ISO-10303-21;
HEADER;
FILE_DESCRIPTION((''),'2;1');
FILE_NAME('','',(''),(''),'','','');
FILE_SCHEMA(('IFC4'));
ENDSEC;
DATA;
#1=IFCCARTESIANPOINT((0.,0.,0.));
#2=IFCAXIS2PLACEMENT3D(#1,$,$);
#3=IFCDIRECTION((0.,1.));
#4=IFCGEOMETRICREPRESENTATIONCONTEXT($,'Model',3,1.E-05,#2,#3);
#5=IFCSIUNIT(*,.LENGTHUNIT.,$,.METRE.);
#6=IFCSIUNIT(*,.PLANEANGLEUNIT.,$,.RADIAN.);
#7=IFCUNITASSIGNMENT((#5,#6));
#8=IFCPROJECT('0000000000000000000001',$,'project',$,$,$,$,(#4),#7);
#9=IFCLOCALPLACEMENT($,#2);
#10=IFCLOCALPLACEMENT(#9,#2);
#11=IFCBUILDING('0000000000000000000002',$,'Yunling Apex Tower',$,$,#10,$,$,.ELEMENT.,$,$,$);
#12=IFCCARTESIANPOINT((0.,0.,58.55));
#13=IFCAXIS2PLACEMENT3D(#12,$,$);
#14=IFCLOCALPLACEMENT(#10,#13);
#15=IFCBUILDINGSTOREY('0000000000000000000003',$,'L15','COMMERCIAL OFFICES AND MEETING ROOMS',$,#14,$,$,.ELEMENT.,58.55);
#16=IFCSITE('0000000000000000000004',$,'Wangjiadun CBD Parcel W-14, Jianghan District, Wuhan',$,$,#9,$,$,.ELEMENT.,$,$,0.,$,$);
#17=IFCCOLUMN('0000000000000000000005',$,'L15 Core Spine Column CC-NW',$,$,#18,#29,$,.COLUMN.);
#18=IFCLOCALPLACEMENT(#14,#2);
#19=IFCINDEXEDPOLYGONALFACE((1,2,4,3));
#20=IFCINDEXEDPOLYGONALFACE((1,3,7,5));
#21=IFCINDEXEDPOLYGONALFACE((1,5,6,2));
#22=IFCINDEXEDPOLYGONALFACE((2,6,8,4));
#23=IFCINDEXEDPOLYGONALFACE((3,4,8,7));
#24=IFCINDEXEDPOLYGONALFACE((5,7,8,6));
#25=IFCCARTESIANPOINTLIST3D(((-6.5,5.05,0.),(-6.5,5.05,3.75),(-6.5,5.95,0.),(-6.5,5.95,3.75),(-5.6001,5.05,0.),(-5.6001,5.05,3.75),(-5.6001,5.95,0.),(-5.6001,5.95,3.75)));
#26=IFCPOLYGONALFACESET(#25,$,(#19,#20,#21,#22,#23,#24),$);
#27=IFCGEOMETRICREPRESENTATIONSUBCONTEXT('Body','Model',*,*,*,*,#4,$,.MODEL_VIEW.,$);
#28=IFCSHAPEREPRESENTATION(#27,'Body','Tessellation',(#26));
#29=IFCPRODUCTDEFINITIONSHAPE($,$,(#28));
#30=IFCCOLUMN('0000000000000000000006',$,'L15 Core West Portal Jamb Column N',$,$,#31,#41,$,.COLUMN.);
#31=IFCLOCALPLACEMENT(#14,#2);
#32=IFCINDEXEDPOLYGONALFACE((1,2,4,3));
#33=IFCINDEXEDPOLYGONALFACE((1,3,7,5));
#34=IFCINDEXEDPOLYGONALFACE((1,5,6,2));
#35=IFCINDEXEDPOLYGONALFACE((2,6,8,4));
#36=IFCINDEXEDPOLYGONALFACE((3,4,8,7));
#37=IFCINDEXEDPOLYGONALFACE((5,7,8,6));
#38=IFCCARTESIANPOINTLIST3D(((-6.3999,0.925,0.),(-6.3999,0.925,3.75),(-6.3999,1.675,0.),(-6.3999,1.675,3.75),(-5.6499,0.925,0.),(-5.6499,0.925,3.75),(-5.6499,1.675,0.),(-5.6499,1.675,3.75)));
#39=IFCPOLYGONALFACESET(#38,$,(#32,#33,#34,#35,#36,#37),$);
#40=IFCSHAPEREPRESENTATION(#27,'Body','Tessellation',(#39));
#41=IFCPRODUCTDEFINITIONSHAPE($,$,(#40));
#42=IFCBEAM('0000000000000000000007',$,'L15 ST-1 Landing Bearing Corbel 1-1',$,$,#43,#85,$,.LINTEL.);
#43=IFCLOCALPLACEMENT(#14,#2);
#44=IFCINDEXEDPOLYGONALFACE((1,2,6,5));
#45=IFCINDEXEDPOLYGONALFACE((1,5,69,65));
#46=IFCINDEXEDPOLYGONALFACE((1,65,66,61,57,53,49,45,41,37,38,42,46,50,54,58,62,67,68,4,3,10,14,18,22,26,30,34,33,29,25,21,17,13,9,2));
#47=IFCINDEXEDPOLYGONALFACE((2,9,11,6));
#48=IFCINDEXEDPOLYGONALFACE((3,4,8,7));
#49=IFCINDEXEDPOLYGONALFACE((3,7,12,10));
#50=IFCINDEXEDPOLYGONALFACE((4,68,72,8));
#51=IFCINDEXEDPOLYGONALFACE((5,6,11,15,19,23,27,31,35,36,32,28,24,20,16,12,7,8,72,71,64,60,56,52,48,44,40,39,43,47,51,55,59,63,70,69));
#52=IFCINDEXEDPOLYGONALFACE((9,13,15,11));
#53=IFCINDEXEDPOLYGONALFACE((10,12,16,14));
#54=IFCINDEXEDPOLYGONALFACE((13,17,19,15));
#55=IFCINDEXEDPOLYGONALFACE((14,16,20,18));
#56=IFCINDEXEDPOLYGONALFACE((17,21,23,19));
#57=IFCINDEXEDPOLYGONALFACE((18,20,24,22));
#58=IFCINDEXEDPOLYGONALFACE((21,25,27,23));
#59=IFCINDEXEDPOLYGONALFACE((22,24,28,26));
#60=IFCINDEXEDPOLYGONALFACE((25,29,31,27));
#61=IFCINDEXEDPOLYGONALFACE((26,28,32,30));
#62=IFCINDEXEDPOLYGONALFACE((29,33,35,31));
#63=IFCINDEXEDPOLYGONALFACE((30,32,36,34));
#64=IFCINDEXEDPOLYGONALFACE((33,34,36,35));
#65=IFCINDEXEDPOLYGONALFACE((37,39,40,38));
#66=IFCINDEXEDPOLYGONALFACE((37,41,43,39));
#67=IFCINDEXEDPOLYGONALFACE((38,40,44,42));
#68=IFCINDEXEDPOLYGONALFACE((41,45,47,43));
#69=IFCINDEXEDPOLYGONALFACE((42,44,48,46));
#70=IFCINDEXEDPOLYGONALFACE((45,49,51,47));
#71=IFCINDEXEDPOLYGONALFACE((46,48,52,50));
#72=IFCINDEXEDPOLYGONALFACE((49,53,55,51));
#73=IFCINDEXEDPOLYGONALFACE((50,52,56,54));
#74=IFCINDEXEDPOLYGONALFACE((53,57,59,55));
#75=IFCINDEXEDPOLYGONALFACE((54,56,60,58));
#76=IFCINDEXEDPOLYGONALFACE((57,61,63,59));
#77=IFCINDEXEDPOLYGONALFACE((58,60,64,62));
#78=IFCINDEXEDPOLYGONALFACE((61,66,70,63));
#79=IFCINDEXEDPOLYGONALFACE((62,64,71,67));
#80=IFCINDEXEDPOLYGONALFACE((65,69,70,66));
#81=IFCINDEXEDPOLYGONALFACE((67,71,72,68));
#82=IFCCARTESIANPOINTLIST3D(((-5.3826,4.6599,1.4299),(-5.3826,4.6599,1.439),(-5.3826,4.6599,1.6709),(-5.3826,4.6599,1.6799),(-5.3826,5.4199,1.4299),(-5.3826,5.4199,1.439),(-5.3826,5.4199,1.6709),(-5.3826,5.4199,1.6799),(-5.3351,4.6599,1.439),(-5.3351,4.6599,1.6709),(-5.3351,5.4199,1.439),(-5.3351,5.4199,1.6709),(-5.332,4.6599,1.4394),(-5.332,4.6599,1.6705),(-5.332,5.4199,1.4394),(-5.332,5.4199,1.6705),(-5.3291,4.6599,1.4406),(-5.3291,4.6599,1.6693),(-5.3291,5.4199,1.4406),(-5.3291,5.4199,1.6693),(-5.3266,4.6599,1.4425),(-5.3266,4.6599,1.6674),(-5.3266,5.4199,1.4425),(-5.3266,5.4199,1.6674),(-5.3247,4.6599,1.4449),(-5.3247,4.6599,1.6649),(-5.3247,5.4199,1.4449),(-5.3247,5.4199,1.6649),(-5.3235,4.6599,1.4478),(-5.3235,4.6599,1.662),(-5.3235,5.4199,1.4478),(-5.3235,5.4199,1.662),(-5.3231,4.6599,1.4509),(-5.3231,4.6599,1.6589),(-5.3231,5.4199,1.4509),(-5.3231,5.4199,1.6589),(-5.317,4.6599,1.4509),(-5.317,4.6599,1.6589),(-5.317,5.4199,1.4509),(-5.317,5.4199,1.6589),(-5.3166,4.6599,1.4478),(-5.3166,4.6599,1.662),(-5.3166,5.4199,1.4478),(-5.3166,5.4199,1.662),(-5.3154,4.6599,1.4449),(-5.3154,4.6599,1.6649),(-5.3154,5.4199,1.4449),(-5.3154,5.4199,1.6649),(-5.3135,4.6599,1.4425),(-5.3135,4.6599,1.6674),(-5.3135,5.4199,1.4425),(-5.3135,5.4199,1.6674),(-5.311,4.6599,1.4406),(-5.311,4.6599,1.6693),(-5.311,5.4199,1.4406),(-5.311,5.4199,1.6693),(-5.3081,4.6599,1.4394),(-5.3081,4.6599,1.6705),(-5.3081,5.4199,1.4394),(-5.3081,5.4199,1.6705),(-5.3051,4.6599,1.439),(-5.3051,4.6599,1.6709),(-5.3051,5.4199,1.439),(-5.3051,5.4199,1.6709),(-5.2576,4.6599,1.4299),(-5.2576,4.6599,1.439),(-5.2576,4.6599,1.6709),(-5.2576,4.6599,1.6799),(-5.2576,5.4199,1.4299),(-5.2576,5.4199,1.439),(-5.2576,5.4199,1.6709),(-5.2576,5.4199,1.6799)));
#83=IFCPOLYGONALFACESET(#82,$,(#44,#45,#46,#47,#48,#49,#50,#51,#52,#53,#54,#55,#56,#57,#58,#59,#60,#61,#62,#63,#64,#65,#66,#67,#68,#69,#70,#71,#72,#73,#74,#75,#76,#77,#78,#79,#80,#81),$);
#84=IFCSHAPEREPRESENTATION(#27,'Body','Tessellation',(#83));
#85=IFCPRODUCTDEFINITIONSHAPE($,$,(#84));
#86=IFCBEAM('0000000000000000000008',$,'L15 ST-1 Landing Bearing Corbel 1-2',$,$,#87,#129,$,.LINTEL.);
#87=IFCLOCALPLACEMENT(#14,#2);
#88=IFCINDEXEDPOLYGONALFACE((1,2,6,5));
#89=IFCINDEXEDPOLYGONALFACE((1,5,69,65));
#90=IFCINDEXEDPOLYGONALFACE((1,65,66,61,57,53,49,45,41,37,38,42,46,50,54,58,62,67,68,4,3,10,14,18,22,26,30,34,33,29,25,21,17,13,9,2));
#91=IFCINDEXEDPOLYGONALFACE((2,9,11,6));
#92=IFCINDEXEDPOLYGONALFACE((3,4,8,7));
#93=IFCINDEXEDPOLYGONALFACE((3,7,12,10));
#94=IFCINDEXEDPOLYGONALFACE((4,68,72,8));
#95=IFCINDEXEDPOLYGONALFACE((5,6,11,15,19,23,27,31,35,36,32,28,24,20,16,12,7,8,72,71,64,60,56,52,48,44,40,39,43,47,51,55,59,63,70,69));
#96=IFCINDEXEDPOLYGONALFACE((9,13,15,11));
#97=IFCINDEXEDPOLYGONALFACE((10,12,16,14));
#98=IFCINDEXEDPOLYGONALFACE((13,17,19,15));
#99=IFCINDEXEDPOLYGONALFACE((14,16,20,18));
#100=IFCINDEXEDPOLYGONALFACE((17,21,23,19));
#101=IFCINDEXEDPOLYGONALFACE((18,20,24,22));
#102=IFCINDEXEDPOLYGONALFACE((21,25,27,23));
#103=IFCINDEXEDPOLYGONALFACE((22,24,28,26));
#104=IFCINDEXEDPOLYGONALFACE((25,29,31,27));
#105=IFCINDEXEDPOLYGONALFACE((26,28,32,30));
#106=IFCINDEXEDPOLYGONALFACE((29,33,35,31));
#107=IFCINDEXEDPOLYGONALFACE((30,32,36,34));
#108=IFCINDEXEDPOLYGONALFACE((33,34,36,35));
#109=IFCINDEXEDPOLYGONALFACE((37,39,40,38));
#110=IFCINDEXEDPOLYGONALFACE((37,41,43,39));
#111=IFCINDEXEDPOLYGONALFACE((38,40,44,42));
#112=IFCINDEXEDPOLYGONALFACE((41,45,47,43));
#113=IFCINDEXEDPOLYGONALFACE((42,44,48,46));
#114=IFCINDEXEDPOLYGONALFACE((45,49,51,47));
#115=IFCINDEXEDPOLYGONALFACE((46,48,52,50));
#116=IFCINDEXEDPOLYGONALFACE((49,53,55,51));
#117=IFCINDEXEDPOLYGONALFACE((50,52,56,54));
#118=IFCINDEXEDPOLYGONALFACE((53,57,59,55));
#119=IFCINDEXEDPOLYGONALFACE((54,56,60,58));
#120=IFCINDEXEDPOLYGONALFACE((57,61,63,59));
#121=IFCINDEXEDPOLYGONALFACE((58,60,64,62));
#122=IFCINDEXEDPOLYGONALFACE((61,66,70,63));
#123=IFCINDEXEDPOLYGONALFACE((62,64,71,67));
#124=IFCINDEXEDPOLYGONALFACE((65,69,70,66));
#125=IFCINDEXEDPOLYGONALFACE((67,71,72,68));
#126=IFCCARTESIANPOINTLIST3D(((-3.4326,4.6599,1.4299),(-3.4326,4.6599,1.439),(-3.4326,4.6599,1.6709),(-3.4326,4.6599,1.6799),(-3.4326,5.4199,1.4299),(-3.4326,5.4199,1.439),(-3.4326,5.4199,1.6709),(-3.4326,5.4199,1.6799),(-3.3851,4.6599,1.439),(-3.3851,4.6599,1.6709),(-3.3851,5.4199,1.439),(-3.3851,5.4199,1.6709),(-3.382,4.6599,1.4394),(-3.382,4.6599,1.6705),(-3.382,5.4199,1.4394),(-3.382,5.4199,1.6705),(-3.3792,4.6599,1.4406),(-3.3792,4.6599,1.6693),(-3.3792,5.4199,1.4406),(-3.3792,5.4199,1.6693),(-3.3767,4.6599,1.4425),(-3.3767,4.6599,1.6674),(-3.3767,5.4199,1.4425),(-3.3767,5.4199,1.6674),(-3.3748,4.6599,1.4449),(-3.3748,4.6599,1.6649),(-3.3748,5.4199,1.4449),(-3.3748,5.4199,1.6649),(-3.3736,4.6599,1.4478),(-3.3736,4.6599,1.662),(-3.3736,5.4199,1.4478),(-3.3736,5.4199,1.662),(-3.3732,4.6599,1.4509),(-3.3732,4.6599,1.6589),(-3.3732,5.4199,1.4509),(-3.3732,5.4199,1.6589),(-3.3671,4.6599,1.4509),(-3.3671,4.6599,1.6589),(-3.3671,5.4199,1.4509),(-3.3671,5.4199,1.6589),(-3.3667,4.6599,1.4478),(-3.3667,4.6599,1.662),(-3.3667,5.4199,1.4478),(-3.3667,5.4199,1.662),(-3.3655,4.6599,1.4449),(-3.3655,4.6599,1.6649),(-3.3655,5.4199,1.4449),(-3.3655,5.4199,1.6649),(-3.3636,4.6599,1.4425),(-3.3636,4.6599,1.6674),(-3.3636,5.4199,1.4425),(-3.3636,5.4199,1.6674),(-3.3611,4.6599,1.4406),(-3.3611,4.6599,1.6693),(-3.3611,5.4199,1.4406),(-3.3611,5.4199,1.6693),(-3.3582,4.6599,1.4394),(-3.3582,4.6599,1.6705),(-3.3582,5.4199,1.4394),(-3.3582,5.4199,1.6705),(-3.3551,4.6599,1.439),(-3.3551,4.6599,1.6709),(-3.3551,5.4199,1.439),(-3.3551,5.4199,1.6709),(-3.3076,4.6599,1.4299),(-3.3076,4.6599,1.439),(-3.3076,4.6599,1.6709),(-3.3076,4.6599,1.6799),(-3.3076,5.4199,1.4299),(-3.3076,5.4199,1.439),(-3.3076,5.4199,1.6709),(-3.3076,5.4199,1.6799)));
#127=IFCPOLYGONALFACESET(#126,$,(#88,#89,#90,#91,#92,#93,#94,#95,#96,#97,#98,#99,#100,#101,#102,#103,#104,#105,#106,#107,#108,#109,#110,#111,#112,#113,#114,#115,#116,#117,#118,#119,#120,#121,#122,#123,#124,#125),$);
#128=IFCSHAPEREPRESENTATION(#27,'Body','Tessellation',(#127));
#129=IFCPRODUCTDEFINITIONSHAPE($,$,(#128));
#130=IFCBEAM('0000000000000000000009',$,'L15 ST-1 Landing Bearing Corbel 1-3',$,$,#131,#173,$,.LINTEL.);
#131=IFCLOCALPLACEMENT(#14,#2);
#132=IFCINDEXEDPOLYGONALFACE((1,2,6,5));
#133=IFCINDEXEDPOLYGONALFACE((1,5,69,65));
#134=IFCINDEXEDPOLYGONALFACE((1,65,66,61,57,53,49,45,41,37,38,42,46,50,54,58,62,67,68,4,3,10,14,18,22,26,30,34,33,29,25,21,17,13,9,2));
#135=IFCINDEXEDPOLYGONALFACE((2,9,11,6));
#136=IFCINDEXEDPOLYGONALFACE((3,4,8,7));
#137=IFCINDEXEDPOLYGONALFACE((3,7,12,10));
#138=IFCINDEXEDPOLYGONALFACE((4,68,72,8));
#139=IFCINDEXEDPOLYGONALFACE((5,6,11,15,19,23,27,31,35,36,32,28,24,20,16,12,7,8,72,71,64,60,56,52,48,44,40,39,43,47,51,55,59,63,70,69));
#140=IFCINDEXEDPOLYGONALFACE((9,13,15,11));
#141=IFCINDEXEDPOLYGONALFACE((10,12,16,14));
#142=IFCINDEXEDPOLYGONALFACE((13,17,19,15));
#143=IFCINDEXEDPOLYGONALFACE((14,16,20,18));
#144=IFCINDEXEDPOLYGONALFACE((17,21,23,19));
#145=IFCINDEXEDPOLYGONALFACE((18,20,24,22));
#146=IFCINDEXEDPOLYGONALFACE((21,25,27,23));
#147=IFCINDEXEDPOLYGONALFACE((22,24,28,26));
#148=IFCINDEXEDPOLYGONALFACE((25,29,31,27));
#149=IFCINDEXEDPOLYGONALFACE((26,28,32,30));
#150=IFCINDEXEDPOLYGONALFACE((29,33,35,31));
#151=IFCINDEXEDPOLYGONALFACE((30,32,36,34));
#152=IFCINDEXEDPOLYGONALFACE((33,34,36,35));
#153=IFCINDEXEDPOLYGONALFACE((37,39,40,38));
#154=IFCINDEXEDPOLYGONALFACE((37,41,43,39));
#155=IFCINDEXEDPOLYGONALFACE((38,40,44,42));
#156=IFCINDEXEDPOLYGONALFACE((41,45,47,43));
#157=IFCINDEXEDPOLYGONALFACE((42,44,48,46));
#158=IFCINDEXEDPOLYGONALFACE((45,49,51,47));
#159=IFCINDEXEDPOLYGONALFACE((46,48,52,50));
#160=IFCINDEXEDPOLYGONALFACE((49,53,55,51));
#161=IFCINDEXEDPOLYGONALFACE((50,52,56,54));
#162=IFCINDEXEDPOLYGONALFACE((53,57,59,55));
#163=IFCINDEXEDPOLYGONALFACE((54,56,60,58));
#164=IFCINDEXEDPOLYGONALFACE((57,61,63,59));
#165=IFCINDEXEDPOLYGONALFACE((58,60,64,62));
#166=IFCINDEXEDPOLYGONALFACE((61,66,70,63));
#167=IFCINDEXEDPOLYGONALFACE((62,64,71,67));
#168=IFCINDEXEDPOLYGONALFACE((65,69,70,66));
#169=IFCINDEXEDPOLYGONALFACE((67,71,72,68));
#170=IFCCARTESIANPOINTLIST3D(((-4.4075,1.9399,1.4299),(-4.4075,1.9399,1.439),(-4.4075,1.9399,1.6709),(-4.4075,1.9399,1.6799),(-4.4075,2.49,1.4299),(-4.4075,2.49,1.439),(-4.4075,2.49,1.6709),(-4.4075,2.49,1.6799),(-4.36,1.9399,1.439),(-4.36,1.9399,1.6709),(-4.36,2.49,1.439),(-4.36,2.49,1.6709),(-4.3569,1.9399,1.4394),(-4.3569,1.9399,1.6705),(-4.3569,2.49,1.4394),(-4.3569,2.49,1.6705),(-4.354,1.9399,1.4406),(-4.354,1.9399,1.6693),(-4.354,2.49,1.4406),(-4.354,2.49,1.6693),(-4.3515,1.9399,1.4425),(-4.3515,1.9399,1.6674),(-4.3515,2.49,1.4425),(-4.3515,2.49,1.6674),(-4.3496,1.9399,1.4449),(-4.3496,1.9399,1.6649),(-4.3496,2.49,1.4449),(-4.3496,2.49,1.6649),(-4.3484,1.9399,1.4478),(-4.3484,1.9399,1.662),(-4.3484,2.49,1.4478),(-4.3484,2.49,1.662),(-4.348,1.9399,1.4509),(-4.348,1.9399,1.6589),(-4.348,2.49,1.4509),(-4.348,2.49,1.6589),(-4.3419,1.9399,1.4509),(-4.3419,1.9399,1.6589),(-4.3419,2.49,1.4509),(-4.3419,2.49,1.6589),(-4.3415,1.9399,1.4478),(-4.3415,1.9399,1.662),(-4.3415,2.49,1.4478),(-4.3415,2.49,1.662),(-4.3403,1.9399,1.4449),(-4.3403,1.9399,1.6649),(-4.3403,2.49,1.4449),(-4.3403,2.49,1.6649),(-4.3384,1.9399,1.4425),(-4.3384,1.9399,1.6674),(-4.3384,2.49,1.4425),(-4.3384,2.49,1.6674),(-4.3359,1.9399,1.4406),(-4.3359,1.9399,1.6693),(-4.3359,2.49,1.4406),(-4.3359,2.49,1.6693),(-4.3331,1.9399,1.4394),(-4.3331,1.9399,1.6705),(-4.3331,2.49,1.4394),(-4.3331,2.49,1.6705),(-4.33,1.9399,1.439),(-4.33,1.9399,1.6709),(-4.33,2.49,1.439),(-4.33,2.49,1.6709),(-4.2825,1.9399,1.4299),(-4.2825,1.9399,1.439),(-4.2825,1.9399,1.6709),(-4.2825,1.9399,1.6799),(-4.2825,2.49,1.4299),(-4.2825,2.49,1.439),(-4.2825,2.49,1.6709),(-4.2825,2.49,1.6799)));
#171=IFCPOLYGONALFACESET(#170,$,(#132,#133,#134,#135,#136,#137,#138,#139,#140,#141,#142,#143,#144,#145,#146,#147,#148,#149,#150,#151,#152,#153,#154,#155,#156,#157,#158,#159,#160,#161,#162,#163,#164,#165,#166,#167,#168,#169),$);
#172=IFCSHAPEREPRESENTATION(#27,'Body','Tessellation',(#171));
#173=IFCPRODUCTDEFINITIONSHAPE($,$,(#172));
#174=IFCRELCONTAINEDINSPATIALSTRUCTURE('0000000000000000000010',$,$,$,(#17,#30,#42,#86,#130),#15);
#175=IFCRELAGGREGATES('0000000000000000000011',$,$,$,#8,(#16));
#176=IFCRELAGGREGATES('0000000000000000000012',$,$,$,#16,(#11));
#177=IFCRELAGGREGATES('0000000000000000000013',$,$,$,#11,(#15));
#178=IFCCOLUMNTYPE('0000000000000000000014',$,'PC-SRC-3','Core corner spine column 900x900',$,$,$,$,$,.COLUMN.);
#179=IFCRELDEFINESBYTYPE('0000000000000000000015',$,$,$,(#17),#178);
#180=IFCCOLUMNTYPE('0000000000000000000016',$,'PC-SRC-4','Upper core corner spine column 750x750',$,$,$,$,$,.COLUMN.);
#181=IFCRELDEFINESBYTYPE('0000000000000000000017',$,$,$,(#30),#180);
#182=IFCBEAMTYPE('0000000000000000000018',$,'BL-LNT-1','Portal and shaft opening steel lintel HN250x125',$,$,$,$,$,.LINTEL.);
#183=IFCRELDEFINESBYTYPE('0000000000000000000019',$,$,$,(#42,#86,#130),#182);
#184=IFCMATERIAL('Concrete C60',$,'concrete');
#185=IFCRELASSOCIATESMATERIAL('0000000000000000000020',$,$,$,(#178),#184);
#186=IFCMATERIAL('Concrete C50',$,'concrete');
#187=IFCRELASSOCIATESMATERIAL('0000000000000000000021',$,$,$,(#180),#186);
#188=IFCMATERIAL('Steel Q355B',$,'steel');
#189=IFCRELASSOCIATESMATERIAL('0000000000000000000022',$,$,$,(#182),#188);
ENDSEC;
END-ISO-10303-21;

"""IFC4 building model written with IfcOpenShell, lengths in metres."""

from ifc_helpers import new_model, si_unit, direction, frame, origin, origin_2d, place, context, subcontext, project, spatial, rectangle, i_section, extrude, source, transform, mapped, material, material_profile, profile_set, type_object, element, save


model = new_model("IFC4")

# Units and contexts
model_context = context("Model", 3, precision=1e-05, world=origin(), true_north=direction((0.0, 1.0)))
body_context = subcontext(model_context, "Body", "Model", "MODEL_VIEW")
ifc_project = project(units=[si_unit("LENGTHUNIT", "METRE"), si_unit("PLANEANGLEUNIT", "RADIAN")], contexts=[model_context])

# Site, building, storey
site_placement = place(None, origin())
site = spatial("IfcSite", under=ifc_project, at=site_placement, Name="Wangjiadun CBD Parcel W-14, Jianghan District, Wuhan", CompositionType="ELEMENT", RefElevation=0.0)
building_placement = place(site_placement, origin())
building = spatial("IfcBuilding", under=site, at=building_placement, Name="Yunling Apex Tower", CompositionType="ELEMENT")
storey_placement = place(building_placement, frame((0.0, 0.0, 58.55)))
storey = spatial("IfcBuildingStorey", under=building, at=storey_placement, Name="L15", Description="COMMERCIAL OFFICES AND MEETING ROOMS", CompositionType="ELEMENT", Elevation=58.55)

# Columns
ifc_material_1 = material(Name="Concrete C60", Category="concrete")
ifc_material_profile_1 = material_profile(ifc_material_1, rectangle(XDim=0.8999, YDim=0.8999, at=origin_2d()))
ifc_profile_set_1 = profile_set([ifc_material_profile_1], Name="Concrete C60")
column_type_1 = type_object("IfcColumnType", Name="PC-SRC-3", Description="Core corner spine column 900x900", PredefinedType="COLUMN", material=ifc_profile_set_1)
shared_shape_1 = source(origin(), body_context, "Body", "SweptSolid", [
    extrude(rectangle(XDim=0.8999, YDim=0.8999, at=origin_2d()), origin(), (0.0, 0.0, 1.0), 3.75),
])
column_1_placement = place(storey_placement, frame((-6.05, 5.5, 0.0), z_axis=(0.0, 0.0, 1.0), x_axis=(1.0, 0.0, 0.0)))
element("IfcColumn", 1, at=column_1_placement, inside=storey, type_object=column_type_1, Name="L15 Core Spine Column CC-NW", PredefinedType="COLUMN", context=body_context, shape_type="MappedRepresentation", body=[
    mapped(shared_shape_1, transform((0.0, 0.0, 0.0), scale=1.0)),
])
ifc_material_2 = material(Name="Concrete C50", Category="concrete")
ifc_material_profile_2 = material_profile(ifc_material_2, rectangle(XDim=0.75, YDim=0.75, at=origin_2d()))
ifc_profile_set_2 = profile_set([ifc_material_profile_2], Name="Concrete C50")
column_type_2 = type_object("IfcColumnType", Name="PC-SRC-4", Description="Upper core corner spine column 750x750", PredefinedType="COLUMN", material=ifc_profile_set_2)
shared_shape_2 = source(origin(), body_context, "Body", "SweptSolid", [
    extrude(rectangle(XDim=0.75, YDim=0.75, at=origin_2d()), origin(), (0.0, 0.0, 1.0), 3.75),
])
column_2_placement = place(storey_placement, frame((-6.0249, 1.3, 0.0), z_axis=(0.0, 0.0, 1.0), x_axis=(1.0, 0.0, 0.0)))
element("IfcColumn", 2, at=column_2_placement, inside=storey, type_object=column_type_2, Name="L15 Core West Portal Jamb Column N", PredefinedType="COLUMN", context=body_context, shape_type="MappedRepresentation", body=[
    mapped(shared_shape_2, transform((0.0, 0.0, 0.0), scale=1.0)),
])

# Beams
ifc_material_3 = material(Name="Steel Q355B", Category="steel")
ifc_material_profile_3 = material_profile(ifc_material_3, i_section(OverallWidth=0.125, OverallDepth=0.25, WebThickness=0.0061, FlangeThickness=0.009, FilletRadius=0.012, at=origin_2d()))
ifc_profile_set_3 = profile_set([ifc_material_profile_3], Name="Steel Q355B")
beam_type_1 = type_object("IfcBeamType", Name="BL-LNT-1", Description="Portal and shaft opening steel lintel HN250x125", PredefinedType="LINTEL", material=ifc_profile_set_3)
shared_shape_3 = source(origin(), body_context, "Body", "SweptSolid", [
    extrude(i_section(OverallWidth=0.125, OverallDepth=0.25, WebThickness=0.0061, FlangeThickness=0.009, FilletRadius=0.012, at=origin_2d()), origin(), (0.0, 0.0, 1.0), 0.76),
])
for number, where, z_axis, x_axis, name in (
    (3, (-5.3201, 5.4199, 1.5549), (0.0, -1.0, 0.0), (1.0, 0.0, 0.0), "L15 ST-1 Landing Bearing Corbel 1-1"),
    (4, (-3.3701, 5.4199, 1.5549), (0.0, -1.0, 0.0), (1.0, 0.0, 0.0), "L15 ST-1 Landing Bearing Corbel 1-2"),
):
    element("IfcBeam", number, at=place(storey_placement, frame(where, z_axis=z_axis, x_axis=x_axis)), inside=storey, type_object=beam_type_1, Name=name, PredefinedType="LINTEL", context=body_context, shape_type="MappedRepresentation", body=[
        mapped(shared_shape_3, transform((0.0, 0.0, 0.0), scale=1.0)),
    ])
shared_shape_4 = source(origin(), body_context, "Body", "SweptSolid", [
    extrude(i_section(OverallWidth=0.125, OverallDepth=0.25, WebThickness=0.0061, FlangeThickness=0.009, FilletRadius=0.012, at=origin_2d()), origin(), (0.0, 0.0, 1.0), 0.55),
])
beam_1_placement = place(storey_placement, frame((-4.345, 1.9399, 1.5549), z_axis=(0.0, 1.0, 0.0), x_axis=(-1.0, 0.0, 0.0)))
element("IfcBeam", 5, at=beam_1_placement, inside=storey, type_object=beam_type_1, Name="L15 ST-1 Landing Bearing Corbel 1-3", PredefinedType="LINTEL", context=body_context, shape_type="MappedRepresentation", body=[
    mapped(shared_shape_4, transform((0.0, 0.0, 0.0), scale=1.0)),
])

save(model, "model.ifc")
